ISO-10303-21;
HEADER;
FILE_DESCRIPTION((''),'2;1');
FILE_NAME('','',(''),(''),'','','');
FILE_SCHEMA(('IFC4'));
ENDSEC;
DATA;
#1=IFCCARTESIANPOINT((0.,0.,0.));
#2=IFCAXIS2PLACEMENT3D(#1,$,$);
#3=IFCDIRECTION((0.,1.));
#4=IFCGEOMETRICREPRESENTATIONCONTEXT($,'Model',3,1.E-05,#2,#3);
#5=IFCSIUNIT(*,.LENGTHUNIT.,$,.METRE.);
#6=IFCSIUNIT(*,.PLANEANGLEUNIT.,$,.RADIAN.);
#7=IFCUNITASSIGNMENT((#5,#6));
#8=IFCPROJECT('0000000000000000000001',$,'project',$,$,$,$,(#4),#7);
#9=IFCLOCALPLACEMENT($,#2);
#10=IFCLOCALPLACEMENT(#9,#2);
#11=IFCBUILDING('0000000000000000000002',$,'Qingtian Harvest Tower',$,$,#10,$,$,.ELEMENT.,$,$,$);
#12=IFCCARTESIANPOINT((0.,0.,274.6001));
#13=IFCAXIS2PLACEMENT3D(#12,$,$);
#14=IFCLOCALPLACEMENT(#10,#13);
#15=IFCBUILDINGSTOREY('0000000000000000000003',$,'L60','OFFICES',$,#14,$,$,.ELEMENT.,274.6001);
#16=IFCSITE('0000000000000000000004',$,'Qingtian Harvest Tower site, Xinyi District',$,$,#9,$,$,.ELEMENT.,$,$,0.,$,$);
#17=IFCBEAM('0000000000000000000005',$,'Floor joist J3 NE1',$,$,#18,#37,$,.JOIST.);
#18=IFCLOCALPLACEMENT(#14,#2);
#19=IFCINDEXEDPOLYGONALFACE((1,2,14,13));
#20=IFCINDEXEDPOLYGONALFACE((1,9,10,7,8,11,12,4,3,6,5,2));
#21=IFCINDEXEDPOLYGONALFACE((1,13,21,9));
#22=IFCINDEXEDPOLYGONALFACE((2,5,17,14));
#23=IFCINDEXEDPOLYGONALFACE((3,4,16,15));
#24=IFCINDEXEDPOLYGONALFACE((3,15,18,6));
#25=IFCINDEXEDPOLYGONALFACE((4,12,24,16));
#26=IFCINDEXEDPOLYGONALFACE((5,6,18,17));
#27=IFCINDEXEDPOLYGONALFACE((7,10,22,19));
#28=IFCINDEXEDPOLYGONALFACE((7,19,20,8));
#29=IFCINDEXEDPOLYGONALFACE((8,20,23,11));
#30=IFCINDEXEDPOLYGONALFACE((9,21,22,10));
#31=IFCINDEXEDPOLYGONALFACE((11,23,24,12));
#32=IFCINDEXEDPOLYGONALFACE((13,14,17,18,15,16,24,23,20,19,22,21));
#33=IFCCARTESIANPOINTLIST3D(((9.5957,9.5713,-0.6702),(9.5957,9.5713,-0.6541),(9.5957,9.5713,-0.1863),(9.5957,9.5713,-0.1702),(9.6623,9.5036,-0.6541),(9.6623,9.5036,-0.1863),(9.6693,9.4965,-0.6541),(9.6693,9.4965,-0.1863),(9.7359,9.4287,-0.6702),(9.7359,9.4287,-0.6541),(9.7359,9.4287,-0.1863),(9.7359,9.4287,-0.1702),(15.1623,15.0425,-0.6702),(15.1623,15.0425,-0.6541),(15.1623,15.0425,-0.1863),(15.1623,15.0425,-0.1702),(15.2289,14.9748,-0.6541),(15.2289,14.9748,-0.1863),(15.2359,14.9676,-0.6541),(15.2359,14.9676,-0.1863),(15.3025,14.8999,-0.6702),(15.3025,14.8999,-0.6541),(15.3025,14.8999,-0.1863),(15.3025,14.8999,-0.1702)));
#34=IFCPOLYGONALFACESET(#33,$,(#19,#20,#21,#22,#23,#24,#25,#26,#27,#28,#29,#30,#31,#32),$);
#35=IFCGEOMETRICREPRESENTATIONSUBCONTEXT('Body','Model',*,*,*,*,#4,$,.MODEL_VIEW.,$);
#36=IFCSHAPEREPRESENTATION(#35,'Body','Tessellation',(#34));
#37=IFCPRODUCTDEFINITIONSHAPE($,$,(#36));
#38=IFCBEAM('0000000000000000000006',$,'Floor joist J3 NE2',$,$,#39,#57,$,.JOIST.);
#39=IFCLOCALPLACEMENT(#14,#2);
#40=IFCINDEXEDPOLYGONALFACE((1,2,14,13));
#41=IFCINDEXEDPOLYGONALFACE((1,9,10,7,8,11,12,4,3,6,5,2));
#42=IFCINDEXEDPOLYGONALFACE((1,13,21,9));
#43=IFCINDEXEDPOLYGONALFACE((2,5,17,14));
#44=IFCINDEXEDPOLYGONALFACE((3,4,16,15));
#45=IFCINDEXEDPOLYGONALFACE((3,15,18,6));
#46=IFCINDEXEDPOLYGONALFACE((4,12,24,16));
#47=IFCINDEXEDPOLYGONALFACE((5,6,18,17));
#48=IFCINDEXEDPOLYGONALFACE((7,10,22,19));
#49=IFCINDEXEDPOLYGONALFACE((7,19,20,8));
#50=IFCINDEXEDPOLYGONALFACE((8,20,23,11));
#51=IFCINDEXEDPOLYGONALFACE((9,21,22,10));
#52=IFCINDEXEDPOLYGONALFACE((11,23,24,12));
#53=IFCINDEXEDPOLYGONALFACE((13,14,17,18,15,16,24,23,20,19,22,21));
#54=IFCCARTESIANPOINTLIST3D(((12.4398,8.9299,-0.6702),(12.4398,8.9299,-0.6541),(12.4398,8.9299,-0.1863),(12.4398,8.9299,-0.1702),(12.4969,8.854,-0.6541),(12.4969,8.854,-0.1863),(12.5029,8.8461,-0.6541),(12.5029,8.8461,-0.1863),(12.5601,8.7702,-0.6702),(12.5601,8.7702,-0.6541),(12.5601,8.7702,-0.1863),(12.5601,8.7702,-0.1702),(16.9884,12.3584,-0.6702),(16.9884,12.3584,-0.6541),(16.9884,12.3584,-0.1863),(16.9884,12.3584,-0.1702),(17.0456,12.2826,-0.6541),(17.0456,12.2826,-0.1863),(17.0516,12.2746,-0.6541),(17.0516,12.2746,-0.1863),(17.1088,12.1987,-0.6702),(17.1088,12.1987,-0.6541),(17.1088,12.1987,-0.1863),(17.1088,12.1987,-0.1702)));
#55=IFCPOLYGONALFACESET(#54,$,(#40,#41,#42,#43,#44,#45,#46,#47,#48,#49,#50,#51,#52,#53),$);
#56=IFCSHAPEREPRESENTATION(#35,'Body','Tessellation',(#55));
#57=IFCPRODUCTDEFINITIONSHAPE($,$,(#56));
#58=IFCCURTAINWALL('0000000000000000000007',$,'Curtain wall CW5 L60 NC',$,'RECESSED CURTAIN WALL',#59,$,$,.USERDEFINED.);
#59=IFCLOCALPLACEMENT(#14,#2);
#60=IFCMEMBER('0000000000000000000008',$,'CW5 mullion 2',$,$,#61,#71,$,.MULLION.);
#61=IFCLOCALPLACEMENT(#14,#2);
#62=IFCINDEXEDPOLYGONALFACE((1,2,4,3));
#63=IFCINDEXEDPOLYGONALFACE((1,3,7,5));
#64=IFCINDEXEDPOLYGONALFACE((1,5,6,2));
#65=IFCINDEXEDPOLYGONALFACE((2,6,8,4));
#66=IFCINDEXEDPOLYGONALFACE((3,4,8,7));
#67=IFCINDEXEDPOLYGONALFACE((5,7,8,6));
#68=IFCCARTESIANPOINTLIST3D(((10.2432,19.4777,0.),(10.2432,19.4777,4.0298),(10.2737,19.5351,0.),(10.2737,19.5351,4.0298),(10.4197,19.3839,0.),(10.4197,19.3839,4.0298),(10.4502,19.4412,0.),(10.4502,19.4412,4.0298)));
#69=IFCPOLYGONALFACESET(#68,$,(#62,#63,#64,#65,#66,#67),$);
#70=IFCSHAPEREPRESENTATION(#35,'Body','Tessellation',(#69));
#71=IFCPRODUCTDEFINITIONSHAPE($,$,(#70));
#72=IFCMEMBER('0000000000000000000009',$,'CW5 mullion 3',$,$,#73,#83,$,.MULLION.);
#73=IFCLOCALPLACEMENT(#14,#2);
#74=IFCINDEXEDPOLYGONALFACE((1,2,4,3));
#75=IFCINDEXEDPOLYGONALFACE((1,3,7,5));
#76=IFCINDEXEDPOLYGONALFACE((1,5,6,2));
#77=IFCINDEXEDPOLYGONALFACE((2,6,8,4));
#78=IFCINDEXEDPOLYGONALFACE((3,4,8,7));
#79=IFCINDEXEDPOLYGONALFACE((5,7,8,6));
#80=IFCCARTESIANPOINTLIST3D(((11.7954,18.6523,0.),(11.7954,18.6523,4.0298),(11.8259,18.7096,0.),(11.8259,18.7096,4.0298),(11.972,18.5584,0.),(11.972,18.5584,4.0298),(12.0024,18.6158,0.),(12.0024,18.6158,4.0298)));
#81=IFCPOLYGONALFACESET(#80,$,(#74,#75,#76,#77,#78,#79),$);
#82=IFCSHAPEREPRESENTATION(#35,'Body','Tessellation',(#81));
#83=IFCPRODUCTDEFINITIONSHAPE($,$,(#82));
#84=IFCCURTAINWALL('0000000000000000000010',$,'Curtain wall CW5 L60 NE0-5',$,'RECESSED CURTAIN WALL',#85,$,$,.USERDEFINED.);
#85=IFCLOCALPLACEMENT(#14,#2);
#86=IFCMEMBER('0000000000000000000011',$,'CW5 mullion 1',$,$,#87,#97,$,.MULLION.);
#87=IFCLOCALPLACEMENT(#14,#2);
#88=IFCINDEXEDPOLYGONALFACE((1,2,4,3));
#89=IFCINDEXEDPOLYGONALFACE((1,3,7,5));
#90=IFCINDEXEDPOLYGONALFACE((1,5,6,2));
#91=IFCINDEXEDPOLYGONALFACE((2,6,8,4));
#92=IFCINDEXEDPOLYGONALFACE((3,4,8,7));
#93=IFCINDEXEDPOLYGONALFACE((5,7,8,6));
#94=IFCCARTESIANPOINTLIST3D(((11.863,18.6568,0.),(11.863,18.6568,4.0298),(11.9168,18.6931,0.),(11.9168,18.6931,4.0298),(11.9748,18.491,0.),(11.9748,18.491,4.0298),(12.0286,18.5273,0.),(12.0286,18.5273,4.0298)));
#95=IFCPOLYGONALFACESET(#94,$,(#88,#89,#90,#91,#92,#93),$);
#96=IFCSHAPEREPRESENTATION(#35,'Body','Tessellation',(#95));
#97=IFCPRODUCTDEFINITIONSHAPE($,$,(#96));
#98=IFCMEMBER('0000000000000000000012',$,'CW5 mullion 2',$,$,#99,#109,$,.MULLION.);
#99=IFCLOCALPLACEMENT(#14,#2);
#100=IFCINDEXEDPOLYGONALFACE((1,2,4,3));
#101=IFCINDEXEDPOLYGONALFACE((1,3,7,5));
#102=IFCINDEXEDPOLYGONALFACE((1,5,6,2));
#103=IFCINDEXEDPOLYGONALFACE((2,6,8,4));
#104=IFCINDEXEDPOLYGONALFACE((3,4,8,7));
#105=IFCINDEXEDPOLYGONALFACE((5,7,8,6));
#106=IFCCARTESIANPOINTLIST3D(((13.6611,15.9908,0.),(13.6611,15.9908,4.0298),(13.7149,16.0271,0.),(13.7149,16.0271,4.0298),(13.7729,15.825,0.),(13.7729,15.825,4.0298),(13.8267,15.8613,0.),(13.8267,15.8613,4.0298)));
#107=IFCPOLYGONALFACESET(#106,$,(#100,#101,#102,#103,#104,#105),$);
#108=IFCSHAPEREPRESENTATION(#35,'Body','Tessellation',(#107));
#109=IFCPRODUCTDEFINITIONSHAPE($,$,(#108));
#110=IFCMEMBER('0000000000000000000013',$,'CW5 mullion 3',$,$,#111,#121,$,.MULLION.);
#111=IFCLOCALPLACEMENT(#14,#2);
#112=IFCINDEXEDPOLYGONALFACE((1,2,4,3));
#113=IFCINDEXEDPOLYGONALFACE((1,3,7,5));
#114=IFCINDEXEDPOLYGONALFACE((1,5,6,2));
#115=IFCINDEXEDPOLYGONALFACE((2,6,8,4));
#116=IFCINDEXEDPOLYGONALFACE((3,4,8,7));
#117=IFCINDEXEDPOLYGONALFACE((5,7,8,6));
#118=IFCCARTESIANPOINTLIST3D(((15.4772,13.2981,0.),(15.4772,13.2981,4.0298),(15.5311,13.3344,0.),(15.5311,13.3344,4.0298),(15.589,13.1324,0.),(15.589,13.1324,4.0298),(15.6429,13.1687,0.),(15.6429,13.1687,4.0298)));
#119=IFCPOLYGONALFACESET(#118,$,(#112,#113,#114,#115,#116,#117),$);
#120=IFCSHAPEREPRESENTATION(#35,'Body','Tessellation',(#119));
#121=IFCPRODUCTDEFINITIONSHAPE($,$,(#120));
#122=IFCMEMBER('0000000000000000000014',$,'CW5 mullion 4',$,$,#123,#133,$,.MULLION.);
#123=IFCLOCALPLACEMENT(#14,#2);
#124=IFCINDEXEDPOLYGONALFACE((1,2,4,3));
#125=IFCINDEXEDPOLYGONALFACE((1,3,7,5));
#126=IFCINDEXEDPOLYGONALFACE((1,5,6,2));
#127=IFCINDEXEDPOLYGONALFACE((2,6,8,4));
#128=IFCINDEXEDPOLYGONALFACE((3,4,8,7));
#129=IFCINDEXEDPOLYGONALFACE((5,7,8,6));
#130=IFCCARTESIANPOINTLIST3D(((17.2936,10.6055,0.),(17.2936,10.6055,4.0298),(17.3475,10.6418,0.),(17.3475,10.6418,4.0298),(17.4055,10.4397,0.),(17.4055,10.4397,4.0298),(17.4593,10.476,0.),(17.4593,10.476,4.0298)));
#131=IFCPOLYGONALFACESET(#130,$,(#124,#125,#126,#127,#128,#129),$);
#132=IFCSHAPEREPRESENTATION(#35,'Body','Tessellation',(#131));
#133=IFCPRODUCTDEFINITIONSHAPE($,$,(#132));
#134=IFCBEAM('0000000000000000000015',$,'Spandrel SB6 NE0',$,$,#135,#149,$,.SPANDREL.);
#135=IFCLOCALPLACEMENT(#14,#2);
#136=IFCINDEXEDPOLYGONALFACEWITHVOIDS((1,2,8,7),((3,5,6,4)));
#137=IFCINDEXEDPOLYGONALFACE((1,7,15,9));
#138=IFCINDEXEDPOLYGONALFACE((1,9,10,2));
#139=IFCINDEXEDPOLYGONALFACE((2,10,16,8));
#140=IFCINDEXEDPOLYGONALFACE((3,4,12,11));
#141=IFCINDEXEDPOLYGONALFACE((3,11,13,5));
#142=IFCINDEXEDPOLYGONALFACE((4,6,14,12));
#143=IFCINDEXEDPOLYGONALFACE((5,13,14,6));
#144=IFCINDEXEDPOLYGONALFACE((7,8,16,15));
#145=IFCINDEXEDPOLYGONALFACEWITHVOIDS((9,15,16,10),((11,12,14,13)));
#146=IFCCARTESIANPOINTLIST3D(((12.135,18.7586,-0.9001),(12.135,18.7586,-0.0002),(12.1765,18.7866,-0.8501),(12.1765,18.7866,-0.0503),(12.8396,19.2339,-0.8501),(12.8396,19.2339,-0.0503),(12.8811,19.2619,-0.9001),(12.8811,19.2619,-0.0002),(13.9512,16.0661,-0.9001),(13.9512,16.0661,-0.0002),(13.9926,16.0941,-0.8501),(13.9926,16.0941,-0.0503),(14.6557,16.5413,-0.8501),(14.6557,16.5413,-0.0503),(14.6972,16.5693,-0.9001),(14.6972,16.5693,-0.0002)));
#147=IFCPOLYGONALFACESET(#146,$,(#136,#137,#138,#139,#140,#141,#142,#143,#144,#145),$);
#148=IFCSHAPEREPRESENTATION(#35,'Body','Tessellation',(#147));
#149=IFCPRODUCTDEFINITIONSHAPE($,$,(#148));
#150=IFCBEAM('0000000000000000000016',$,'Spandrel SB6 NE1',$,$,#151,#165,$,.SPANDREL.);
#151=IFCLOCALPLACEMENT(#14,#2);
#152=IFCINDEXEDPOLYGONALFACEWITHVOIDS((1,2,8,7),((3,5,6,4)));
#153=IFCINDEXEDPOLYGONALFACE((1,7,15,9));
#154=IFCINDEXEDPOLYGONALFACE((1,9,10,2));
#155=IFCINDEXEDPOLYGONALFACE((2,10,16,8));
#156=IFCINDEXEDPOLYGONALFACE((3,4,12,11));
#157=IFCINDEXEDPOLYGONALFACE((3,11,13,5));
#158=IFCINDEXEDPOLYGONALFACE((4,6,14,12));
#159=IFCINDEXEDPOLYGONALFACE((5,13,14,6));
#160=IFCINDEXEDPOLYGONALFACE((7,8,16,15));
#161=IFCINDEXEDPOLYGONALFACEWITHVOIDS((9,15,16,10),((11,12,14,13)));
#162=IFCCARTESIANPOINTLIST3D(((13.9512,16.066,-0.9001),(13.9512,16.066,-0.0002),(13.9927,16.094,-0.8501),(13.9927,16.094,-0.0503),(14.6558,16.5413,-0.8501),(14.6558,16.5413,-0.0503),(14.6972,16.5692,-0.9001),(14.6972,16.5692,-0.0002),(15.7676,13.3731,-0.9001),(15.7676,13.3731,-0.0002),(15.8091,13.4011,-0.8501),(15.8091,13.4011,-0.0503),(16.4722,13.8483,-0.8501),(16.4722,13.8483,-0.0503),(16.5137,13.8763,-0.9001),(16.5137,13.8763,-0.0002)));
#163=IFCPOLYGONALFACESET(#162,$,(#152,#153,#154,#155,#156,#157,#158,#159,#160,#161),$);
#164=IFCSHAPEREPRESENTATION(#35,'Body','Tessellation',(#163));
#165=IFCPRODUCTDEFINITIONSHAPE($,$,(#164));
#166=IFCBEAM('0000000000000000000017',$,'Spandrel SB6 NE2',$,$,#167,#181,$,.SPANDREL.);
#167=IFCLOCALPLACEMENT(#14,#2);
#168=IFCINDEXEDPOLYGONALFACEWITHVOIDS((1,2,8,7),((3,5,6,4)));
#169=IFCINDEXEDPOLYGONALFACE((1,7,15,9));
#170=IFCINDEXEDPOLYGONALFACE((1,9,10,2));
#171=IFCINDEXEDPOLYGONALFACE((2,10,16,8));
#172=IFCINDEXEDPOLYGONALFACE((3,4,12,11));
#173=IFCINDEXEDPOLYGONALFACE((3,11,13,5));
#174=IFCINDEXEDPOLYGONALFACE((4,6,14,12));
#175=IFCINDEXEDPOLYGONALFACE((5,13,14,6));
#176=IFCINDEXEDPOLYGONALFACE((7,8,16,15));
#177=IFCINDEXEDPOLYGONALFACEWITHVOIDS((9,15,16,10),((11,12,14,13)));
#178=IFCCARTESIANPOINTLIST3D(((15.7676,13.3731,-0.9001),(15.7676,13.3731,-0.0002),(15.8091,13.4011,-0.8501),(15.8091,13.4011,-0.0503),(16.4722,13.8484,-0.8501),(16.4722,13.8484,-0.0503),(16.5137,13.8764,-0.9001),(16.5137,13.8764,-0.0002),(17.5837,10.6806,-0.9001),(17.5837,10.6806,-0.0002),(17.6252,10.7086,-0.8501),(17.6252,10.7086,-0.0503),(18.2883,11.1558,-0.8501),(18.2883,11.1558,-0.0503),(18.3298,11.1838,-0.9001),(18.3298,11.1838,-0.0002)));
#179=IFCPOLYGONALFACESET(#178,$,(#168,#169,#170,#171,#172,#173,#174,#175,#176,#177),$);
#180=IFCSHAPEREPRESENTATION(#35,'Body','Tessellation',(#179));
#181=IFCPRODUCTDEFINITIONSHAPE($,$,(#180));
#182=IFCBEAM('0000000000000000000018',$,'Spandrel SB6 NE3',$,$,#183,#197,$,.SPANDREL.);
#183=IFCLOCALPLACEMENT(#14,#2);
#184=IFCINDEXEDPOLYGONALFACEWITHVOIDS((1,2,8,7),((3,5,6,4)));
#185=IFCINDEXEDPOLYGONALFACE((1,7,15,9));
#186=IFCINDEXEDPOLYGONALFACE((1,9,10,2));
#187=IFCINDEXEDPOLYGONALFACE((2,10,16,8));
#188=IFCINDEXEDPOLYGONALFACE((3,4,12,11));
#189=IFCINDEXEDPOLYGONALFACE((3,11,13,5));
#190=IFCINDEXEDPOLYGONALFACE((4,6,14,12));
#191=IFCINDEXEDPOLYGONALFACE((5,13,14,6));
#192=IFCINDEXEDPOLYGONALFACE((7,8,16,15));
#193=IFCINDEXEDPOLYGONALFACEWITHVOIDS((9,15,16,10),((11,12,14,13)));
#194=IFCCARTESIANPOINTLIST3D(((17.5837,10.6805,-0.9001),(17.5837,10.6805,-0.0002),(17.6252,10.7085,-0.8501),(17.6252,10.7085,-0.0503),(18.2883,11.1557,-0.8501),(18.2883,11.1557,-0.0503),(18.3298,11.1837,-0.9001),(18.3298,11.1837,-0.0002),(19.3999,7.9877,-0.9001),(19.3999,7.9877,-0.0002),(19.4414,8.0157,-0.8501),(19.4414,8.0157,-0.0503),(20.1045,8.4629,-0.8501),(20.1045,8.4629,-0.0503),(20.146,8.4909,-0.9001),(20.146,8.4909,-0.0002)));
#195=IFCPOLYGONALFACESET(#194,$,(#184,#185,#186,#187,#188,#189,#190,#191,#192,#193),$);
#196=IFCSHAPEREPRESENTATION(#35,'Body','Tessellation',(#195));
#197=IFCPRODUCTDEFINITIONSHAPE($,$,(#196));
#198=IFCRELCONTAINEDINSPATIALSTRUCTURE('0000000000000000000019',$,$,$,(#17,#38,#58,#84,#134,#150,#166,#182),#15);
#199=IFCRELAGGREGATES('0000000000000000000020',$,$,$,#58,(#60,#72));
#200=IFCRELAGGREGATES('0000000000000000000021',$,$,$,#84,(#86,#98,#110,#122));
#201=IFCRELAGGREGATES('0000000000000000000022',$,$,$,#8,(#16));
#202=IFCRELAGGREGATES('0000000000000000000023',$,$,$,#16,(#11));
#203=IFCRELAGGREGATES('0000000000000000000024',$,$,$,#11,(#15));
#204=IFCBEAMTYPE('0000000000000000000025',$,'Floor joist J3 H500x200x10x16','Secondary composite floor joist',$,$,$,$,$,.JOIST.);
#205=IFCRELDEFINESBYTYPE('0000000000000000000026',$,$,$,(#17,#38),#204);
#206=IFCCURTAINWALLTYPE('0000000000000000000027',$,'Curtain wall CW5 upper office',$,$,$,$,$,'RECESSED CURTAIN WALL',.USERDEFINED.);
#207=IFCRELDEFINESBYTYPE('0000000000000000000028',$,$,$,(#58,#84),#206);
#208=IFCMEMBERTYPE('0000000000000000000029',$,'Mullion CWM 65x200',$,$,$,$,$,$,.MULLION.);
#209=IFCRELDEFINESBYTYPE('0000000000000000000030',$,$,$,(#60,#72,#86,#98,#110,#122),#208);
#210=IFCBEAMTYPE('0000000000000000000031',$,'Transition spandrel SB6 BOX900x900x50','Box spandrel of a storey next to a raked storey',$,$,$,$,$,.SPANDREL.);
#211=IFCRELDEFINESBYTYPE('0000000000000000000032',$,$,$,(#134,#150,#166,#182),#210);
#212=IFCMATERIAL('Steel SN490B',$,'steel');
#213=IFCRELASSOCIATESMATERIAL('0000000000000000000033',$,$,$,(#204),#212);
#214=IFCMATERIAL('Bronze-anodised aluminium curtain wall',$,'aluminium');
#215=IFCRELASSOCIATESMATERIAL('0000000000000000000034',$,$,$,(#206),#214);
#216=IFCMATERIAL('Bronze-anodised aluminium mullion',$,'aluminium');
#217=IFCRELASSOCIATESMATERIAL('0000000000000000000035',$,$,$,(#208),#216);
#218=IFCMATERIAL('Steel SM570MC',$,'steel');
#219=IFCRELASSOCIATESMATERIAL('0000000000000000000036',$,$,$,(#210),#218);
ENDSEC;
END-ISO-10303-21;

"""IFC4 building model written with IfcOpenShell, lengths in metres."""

from ifc_helpers import new_model, si_unit, direction, frame, origin, origin_2d, place, context, subcontext, project, spatial, rectangle, hollow_rectangle, i_section, extrude, material, material_profile, profile_set, type_object, element, aggregate, save


model = new_model("IFC4")

# Units and contexts
model_context = context("Model", 3, precision=1e-05, world=origin(), true_north=direction((0.0, 1.0)))
body_context = subcontext(model_context, "Body", "Model", "MODEL_VIEW")
ifc_project = project(units=[si_unit("LENGTHUNIT", "METRE"), si_unit("PLANEANGLEUNIT", "RADIAN")], contexts=[model_context])

# Site, building, storey
site_placement = place(None, origin())
site = spatial("IfcSite", under=ifc_project, at=site_placement, Name="Qingtian Harvest Tower site, Xinyi District", CompositionType="ELEMENT", RefElevation=0.0)
building_placement = place(site_placement, origin())
building = spatial("IfcBuilding", under=site, at=building_placement, Name="Qingtian Harvest Tower", CompositionType="ELEMENT")
storey_placement = place(building_placement, frame((0.0, 0.0, 274.6001)))
storey = spatial("IfcBuildingStorey", under=building, at=storey_placement, Name="L60", Description="OFFICES", CompositionType="ELEMENT", Elevation=274.6001)

# Beams
ifc_material_1 = material(Name="Steel SN490B", Category="steel")
ifc_material_profile_1 = material_profile(ifc_material_1, i_section(OverallWidth=0.2, OverallDepth=0.5, WebThickness=0.01, FlangeThickness=0.0161, at=origin_2d()), Name="H500x200x10x16")
ifc_profile_set_1 = profile_set([ifc_material_profile_1], Name="Steel SN490B")
beam_type_1 = type_object("IfcBeamType", Name="Floor joist J3 H500x200x10x16", Description="Secondary composite floor joist", PredefinedType="JOIST", material=ifc_profile_set_1)
beam_1_placement = place(storey_placement, frame((15.2324, 14.9712, -0.4202), z_axis=(-0.713195, -0.700965, 0.0), x_axis=(0.700965, -0.713195, 0.0)))
element("IfcBeam", 1, at=beam_1_placement, inside=storey, type_object=beam_type_1, Name="Floor joist J3 NE1", PredefinedType="JOIST", context=body_context, shape_type="SweptSolid", body=[
    extrude(i_section(OverallWidth=0.2, OverallDepth=0.5, WebThickness=0.01, FlangeThickness=0.0161, at=origin_2d()), origin(), (0.0, 0.0, 1.0), 7.8052),
])
beam_2_placement = place(storey_placement, frame((17.0486, 12.2786, -0.4202), z_axis=(-0.798563, -0.601912, 0.0), x_axis=(0.601912, -0.798563, 0.0)))
element("IfcBeam", 2, at=beam_2_placement, inside=storey, type_object=beam_type_1, Name="Floor joist J3 NE2", PredefinedType="JOIST", context=body_context, shape_type="SweptSolid", body=[
    extrude(i_section(OverallWidth=0.2, OverallDepth=0.5, WebThickness=0.01, FlangeThickness=0.0161, at=origin_2d()), origin(), (0.0, 0.0, 1.0), 5.696),
])

# Curtain walls, members
ifc_material_2 = material(Name="Bronze-anodised aluminium curtain wall", Category="aluminium")
curtain_wall_type = type_object("IfcCurtainWallType", Name="Curtain wall CW5 upper office", ElementType="RECESSED CURTAIN WALL", PredefinedType="USERDEFINED", material=ifc_material_2)
curtain_wall_1_placement = place(storey_placement, origin())
curtain_wall_1 = element("IfcCurtainWall", 3, at=curtain_wall_1_placement, inside=storey, type_object=curtain_wall_type, Name="Curtain wall CW5 L60 NC", ObjectType="RECESSED CURTAIN WALL", PredefinedType="USERDEFINED")
ifc_material_3 = material(Name="Bronze-anodised aluminium mullion", Category="aluminium")
ifc_material_profile_2 = material_profile(ifc_material_3, rectangle(XDim=0.0649, YDim=0.2, at=origin_2d()), Name="AL 65x200")
ifc_profile_set_2 = profile_set([ifc_material_profile_2], Name="Bronze-anodised aluminium mullion")
member_type_1 = type_object("IfcMemberType", Name="Mullion CWM 65x200", PredefinedType="MULLION", material=ifc_profile_set_2)
member_1_placement = place(storey_placement, frame((10.3467, 19.4595, 0.0), z_axis=(0.0, 0.0, 1.0), x_axis=(0.469472, 0.882948, 0.0)))
member_1 = element("IfcMember", 4, at=member_1_placement, type_object=member_type_1, Name="CW5 mullion 2", PredefinedType="MULLION", context=body_context, shape_type="SweptSolid", body=[
    extrude(rectangle(XDim=0.0649, YDim=0.2, at=origin_2d()), origin(), (0.0, 0.0, 1.0), 4.0298),
])
member_2_placement = place(storey_placement, frame((11.8989, 18.634, 0.0), z_axis=(0.0, 0.0, 1.0), x_axis=(0.469472, 0.882948, 0.0)))
member_2 = element("IfcMember", 5, at=member_2_placement, type_object=member_type_1, Name="CW5 mullion 3", PredefinedType="MULLION", context=body_context, shape_type="SweptSolid", body=[
    extrude(rectangle(XDim=0.0649, YDim=0.2, at=origin_2d()), origin(), (0.0, 0.0, 1.0), 4.0298),
])
curtain_wall_2_placement = place(storey_placement, origin())
curtain_wall_2 = element("IfcCurtainWall", 6, at=curtain_wall_2_placement, inside=storey, type_object=curtain_wall_type, Name="Curtain wall CW5 L60 NE0-5", ObjectType="RECESSED CURTAIN WALL", PredefinedType="USERDEFINED")
member_3_placement = place(storey_placement, frame((11.9458, 18.592, 0.0), z_axis=(0.0, 0.0, 1.0), x_axis=(0.829038, 0.559193, 0.0)))
member_3 = element("IfcMember", 7, at=member_3_placement, type_object=member_type_1, Name="CW5 mullion 1", PredefinedType="MULLION", context=body_context, shape_type="SweptSolid", body=[
    extrude(rectangle(XDim=0.0649, YDim=0.2, at=origin_2d()), origin(), (0.0, 0.0, 1.0), 4.0298),
])
member_4_placement = place(storey_placement, frame((13.7439, 15.926, 0.0), z_axis=(0.0, 0.0, 1.0), x_axis=(0.829038, 0.559193, 0.0)))
member_4 = element("IfcMember", 8, at=member_4_placement, type_object=member_type_1, Name="CW5 mullion 2", PredefinedType="MULLION", context=body_context, shape_type="SweptSolid", body=[
    extrude(rectangle(XDim=0.0649, YDim=0.2, at=origin_2d()), origin(), (0.0, 0.0, 1.0), 4.0298),
])
member_5_placement = place(storey_placement, frame((15.5601, 13.2334, 0.0), z_axis=(0.0, 0.0, 1.0), x_axis=(0.829038, 0.559193, 0.0)))
member_5 = element("IfcMember", 9, at=member_5_placement, type_object=member_type_1, Name="CW5 mullion 3", PredefinedType="MULLION", context=body_context, shape_type="SweptSolid", body=[
    extrude(rectangle(XDim=0.0649, YDim=0.2, at=origin_2d()), origin(), (0.0, 0.0, 1.0), 4.0298),
])
member_6_placement = place(storey_placement, frame((17.3765, 10.5408, 0.0), z_axis=(0.0, 0.0, 1.0), x_axis=(0.829038, 0.559193, 0.0)))
member_6 = element("IfcMember", 10, at=member_6_placement, type_object=member_type_1, Name="CW5 mullion 4", PredefinedType="MULLION", context=body_context, shape_type="SweptSolid", body=[
    extrude(rectangle(XDim=0.0649, YDim=0.2, at=origin_2d()), origin(), (0.0, 0.0, 1.0), 4.0298),
])

# Beams
ifc_material_4 = material(Name="Steel SM570MC", Category="steel")
ifc_material_profile_3 = material_profile(ifc_material_4, hollow_rectangle(XDim=0.8999, YDim=0.8999, WallThickness=0.05, at=origin_2d()), Name="BOX900x900x50")
ifc_profile_set_3 = profile_set([ifc_material_profile_3], Name="Steel SM570MC")
beam_type_2 = type_object("IfcBeamType", Name="Transition spandrel SB6 BOX900x900x50", Description="Box spandrel of a storey next to a raked storey", PredefinedType="SPANDREL", material=ifc_profile_set_3)
beam_3_placement = place(storey_placement, frame((12.5081, 19.0103, -0.4502), z_axis=(0.559185, -0.829043, 0.0), x_axis=(0.829043, 0.559185, 0.0)))
element("IfcBeam", 11, at=beam_3_placement, inside=storey, type_object=beam_type_2, Name="Spandrel SB6 NE0", PredefinedType="SPANDREL", context=body_context, shape_type="SweptSolid", body=[
    extrude(hollow_rectangle(XDim=0.8999, YDim=0.8999, WallThickness=0.05, at=origin_2d()), origin(), (0.0, 0.0, 1.0), 3.2478),
])
beam_4_placement = place(storey_placement, frame((14.3242, 16.3176, -0.4502), z_axis=(0.559202, -0.829032, 0.0), x_axis=(0.829032, 0.559202, 0.0)))
element("IfcBeam", 12, at=beam_4_placement, inside=storey, type_object=beam_type_2, Name="Spandrel SB6 NE1", PredefinedType="SPANDREL", context=body_context, shape_type="SweptSolid", body=[
    extrude(hollow_rectangle(XDim=0.8999, YDim=0.8999, WallThickness=0.05, at=origin_2d()), origin(), (0.0, 0.0, 1.0), 3.2483),
])
beam_5_placement = place(storey_placement, frame((16.1406, 13.6248, -0.4502), z_axis=(0.559185, -0.829043, 0.0), x_axis=(0.829043, 0.559185, 0.0)))
element("IfcBeam", 13, at=beam_5_placement, inside=storey, type_object=beam_type_2, Name="Spandrel SB6 NE2", PredefinedType="SPANDREL", context=body_context, shape_type="SweptSolid", body=[
    extrude(hollow_rectangle(XDim=0.8999, YDim=0.8999, WallThickness=0.05, at=origin_2d()), origin(), (0.0, 0.0, 1.0), 3.2478),
])
beam_6_placement = place(storey_placement, frame((17.9568, 10.9321, -0.4502), z_axis=(0.55915, -0.829066, 0.0), x_axis=(0.829066, 0.55915, 0.0)))
element("IfcBeam", 14, at=beam_6_placement, inside=storey, type_object=beam_type_2, Name="Spandrel SB6 NE3", PredefinedType="SPANDREL", context=body_context, shape_type="SweptSolid", body=[
    extrude(hollow_rectangle(XDim=0.8999, YDim=0.8999, WallThickness=0.05, at=origin_2d()), origin(), (0.0, 0.0, 1.0), 3.248),
])

aggregate(curtain_wall_1, [member_1, member_2])
aggregate(curtain_wall_2, [member_3, member_4, member_5, member_6])

save(model, "model.ifc")
